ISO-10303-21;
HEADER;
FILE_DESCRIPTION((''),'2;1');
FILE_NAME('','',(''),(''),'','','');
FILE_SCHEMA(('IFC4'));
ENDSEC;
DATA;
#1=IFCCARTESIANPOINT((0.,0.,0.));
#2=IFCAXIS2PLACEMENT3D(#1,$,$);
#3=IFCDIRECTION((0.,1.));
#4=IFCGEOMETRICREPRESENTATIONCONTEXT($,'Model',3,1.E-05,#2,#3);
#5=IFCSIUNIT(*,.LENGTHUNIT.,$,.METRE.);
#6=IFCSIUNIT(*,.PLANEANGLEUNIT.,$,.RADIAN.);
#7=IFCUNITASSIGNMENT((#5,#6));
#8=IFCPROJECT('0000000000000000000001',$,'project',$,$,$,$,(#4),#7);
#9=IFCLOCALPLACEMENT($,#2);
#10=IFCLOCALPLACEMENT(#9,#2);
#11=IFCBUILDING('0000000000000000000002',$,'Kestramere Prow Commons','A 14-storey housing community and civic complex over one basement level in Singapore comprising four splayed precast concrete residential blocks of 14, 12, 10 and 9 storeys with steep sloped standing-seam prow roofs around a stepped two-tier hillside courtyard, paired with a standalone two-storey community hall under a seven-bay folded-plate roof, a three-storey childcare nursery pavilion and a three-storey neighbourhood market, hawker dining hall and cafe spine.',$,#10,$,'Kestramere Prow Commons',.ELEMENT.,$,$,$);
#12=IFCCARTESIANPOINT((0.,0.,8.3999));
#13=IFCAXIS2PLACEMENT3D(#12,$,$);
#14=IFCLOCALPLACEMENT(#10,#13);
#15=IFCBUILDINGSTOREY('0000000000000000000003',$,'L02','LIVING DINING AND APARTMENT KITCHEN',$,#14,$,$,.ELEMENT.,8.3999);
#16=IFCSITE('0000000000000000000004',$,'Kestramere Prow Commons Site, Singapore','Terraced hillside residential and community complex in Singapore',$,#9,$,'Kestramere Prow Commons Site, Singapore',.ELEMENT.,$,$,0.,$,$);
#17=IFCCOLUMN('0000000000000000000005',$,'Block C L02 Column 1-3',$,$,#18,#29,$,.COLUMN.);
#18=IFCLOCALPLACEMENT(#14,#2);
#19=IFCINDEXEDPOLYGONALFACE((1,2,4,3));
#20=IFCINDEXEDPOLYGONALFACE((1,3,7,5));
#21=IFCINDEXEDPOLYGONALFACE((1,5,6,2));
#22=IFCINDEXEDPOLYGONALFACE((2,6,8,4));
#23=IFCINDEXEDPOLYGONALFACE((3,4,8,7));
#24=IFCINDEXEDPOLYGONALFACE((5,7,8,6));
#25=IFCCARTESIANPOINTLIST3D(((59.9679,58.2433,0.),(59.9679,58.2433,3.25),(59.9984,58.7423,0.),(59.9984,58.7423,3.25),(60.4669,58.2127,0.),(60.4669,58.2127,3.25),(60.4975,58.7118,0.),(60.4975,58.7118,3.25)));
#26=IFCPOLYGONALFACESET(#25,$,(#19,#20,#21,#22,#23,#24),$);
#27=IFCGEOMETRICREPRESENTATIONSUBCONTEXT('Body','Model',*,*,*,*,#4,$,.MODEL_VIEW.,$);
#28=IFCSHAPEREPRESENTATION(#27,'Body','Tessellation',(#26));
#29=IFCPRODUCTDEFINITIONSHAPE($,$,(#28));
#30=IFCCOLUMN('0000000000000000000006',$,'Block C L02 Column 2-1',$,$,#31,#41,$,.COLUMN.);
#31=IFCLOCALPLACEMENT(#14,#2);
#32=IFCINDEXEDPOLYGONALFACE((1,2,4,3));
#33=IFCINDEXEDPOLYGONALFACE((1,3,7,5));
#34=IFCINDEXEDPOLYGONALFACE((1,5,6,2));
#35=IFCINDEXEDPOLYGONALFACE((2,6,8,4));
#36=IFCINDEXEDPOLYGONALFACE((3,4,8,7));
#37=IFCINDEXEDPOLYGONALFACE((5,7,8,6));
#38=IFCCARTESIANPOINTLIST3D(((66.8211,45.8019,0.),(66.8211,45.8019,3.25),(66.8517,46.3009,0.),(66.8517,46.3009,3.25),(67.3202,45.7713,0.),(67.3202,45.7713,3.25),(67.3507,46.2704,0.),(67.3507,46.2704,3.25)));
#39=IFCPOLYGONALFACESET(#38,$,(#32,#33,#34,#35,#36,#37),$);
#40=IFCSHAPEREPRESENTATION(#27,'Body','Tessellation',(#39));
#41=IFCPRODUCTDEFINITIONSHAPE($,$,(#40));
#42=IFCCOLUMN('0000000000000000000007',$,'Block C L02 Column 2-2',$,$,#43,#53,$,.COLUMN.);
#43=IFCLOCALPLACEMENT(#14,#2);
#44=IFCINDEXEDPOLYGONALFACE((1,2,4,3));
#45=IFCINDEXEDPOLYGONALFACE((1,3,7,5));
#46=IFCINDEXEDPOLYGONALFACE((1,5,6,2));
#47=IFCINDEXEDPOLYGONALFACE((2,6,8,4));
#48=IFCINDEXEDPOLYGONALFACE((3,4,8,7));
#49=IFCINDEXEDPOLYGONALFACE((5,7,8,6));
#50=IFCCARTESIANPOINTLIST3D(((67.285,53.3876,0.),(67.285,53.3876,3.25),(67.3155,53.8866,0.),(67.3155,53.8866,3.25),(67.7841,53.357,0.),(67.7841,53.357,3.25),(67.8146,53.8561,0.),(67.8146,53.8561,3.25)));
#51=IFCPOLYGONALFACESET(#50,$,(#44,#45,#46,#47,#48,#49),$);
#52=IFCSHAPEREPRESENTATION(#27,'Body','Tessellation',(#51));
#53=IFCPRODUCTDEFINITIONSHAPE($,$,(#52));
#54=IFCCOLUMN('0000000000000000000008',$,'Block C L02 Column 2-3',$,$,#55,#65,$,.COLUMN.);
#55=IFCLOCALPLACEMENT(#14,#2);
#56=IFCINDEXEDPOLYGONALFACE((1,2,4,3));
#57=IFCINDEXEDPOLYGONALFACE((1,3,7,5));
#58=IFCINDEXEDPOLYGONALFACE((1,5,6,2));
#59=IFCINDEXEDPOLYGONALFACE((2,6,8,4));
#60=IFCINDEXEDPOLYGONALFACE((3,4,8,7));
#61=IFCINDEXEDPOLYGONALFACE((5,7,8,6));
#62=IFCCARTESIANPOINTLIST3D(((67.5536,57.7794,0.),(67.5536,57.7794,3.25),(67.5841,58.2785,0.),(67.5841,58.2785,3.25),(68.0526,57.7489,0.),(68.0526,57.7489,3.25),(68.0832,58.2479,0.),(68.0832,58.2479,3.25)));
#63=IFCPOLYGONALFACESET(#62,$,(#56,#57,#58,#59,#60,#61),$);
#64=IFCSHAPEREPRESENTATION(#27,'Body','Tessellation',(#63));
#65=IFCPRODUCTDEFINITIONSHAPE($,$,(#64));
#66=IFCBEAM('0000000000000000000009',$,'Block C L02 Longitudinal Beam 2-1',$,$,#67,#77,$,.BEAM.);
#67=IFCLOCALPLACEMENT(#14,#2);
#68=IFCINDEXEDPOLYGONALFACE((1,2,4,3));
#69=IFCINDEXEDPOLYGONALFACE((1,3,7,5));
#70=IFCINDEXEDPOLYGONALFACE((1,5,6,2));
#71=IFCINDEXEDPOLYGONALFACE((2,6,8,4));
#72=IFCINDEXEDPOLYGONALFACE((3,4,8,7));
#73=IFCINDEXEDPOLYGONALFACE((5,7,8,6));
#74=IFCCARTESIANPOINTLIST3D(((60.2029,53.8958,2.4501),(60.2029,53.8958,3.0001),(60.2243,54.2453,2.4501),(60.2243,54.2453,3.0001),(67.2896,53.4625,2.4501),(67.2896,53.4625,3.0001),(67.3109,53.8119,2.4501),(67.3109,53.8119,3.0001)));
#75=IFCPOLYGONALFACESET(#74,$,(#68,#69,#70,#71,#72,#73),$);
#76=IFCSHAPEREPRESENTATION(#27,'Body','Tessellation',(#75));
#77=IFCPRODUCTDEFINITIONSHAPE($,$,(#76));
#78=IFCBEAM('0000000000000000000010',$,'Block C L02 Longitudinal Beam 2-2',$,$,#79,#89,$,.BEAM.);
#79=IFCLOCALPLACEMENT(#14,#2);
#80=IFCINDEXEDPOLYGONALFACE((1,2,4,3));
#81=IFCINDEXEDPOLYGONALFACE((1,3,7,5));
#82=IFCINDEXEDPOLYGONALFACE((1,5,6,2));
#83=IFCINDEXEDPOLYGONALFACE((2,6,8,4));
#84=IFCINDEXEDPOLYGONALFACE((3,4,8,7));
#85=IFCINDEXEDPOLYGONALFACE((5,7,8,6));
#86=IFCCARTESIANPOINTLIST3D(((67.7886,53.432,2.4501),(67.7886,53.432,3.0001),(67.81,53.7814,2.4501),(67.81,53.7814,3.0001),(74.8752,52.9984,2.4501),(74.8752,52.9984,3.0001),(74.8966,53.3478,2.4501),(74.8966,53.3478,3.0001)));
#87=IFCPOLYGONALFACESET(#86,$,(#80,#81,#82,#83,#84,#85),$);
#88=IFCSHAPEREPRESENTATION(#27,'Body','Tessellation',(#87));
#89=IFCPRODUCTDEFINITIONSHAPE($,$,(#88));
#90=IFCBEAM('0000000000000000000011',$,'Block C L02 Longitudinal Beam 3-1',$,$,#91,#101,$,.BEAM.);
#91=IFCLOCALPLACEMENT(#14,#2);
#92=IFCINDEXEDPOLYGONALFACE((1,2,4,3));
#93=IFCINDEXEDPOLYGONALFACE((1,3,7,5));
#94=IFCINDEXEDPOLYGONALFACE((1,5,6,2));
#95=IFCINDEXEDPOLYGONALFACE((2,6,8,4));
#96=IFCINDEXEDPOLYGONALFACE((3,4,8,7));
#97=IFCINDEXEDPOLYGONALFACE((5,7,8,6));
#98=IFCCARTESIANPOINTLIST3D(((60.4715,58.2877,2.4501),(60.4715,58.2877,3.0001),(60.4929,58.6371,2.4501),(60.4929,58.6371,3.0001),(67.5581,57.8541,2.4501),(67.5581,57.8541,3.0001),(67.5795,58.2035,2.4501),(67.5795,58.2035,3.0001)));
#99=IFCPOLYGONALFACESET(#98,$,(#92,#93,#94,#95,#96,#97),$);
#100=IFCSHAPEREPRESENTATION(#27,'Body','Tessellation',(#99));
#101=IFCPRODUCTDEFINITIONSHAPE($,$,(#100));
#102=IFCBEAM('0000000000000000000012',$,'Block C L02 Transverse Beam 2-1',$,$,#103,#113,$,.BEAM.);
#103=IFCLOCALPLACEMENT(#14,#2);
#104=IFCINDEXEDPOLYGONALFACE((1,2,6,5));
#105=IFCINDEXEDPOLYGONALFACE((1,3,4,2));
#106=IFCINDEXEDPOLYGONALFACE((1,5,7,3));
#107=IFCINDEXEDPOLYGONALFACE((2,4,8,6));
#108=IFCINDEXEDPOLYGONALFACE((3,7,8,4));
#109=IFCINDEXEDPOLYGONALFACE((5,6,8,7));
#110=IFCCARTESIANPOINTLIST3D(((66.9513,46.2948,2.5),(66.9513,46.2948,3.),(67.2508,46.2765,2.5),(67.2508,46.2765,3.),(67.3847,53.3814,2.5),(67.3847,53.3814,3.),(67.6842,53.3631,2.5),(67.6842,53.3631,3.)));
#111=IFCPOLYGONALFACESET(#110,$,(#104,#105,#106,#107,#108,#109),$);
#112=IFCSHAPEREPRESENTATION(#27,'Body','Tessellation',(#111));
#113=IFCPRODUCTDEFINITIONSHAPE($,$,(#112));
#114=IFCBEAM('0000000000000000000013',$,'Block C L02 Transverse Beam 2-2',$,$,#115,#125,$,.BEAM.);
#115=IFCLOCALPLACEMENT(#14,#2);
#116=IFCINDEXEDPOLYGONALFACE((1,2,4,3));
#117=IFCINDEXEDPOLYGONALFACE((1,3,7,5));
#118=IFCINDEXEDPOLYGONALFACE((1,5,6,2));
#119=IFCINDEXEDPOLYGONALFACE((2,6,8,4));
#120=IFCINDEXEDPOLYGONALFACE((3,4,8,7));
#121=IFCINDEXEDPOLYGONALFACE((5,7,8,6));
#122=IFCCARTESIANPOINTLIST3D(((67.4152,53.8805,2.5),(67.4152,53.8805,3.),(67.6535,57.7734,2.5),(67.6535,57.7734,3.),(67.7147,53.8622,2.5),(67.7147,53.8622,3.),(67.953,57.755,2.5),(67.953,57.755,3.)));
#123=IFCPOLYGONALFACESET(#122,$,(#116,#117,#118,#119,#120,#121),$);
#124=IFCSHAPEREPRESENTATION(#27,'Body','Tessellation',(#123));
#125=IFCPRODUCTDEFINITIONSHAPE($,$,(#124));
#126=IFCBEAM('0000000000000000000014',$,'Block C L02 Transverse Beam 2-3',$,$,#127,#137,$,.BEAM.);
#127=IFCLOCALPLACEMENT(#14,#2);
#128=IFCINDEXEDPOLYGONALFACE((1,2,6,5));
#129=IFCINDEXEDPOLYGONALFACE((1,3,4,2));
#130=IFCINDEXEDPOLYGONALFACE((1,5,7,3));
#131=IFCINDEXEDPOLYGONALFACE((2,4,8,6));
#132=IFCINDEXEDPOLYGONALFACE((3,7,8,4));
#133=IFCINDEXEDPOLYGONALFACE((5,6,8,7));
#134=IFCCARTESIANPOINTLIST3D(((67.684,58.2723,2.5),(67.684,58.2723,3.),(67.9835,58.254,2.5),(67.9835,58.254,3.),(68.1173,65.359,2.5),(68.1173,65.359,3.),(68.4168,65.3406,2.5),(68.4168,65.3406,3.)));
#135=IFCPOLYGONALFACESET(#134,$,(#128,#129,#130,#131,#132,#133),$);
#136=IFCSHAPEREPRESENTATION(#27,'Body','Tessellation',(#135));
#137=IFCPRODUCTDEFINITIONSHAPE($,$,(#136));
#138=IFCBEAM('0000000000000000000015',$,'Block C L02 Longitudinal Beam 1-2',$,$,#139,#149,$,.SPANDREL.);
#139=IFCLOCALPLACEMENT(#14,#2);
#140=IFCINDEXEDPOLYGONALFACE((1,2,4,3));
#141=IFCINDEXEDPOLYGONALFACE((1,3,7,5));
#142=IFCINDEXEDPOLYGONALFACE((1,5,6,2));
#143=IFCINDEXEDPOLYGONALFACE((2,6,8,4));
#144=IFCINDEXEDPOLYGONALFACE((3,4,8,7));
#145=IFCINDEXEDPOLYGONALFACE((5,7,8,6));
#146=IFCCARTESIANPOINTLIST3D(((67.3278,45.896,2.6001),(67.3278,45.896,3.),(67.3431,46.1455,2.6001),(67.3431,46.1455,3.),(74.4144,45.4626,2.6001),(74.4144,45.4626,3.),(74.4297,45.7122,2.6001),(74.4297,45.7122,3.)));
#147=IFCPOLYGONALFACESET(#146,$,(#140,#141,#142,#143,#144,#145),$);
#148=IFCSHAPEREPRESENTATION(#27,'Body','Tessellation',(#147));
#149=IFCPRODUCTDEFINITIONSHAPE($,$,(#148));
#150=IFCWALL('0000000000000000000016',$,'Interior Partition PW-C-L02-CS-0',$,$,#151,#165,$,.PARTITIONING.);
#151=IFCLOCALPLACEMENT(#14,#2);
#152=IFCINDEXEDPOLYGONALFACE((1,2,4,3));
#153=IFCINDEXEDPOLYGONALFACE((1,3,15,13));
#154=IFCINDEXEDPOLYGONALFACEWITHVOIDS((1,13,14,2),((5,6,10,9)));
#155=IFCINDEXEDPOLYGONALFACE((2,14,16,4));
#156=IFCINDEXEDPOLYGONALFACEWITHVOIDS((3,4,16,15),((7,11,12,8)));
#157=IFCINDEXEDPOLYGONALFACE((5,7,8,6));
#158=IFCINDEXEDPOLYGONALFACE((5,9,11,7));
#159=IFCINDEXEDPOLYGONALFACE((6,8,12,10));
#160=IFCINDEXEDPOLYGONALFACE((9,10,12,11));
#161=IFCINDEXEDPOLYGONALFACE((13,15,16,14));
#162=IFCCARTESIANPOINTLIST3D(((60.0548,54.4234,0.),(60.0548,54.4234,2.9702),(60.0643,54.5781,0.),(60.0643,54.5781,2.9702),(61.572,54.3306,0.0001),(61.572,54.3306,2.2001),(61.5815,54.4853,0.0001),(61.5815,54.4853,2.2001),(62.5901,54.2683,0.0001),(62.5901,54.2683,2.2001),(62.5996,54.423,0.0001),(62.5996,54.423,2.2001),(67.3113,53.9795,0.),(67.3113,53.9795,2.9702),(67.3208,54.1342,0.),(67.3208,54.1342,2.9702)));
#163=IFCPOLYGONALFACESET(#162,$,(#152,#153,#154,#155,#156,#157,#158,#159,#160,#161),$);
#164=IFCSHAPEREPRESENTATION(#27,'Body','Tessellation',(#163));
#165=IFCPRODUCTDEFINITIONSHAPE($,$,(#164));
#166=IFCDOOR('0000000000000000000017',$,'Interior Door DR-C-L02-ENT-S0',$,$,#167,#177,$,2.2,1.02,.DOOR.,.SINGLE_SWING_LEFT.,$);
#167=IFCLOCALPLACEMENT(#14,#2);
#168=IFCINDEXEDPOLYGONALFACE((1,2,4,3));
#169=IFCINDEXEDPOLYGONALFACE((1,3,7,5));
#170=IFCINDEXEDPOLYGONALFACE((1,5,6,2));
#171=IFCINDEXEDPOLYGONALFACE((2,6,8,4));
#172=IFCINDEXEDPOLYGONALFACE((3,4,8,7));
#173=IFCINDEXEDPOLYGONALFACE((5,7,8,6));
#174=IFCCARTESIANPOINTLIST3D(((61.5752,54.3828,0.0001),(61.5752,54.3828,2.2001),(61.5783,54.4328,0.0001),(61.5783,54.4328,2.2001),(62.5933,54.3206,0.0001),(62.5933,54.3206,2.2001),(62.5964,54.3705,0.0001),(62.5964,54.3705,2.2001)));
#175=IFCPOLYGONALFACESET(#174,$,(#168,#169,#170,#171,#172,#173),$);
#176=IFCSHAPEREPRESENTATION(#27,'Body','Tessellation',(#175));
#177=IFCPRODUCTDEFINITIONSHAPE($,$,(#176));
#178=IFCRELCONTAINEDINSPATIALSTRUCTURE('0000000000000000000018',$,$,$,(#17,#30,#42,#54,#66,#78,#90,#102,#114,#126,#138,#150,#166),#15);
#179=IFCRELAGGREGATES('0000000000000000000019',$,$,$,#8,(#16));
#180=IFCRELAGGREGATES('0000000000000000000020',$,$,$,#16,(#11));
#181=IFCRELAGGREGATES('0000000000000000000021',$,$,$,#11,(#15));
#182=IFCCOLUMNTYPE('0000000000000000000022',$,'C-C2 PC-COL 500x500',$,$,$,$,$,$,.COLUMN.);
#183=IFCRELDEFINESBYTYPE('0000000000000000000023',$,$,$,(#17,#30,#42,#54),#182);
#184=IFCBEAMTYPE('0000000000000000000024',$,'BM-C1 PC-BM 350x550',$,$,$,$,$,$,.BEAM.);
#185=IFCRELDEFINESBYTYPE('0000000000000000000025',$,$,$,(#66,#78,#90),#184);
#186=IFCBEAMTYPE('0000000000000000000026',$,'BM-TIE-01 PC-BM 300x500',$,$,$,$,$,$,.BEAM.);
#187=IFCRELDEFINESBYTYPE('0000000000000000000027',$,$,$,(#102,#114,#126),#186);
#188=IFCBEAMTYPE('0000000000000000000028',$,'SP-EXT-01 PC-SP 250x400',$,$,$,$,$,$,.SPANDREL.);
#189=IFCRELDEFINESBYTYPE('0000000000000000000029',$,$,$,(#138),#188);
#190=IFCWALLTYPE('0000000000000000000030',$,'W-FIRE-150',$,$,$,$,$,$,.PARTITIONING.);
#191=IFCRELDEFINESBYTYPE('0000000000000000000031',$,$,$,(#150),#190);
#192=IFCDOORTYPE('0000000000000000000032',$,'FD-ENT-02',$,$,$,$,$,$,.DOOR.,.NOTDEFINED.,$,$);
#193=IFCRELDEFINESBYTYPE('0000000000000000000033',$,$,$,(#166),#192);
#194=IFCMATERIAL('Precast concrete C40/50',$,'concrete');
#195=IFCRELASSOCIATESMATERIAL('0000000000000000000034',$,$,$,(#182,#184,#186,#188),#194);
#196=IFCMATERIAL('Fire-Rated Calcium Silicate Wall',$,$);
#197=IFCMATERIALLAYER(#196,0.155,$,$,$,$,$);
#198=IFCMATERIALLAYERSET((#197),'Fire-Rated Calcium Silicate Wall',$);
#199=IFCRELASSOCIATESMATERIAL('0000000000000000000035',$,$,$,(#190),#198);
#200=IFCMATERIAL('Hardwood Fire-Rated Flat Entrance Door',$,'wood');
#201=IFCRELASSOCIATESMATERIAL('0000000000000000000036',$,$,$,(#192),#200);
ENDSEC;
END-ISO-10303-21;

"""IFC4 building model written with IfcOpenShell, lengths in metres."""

from ifc_helpers import new_model, si_unit, direction, frame, frame_2d, origin, origin_2d, place, context, subcontext, project, spatial, rectangle, extrude, material, layer, layer_set, material_profile, profile_set, type_object, element, fill, save


model = new_model("IFC4")

# Units and contexts
model_context = context("Model", 3, precision=1e-05, world=origin(), true_north=direction((0.0, 1.0)))
body_context = subcontext(model_context, "Body", "Model", "MODEL_VIEW")
ifc_project = project(units=[si_unit("LENGTHUNIT", "METRE"), si_unit("PLANEANGLEUNIT", "RADIAN")], contexts=[model_context])

# Site, building, storey
site_placement = place(None, origin())
site = spatial("IfcSite", under=ifc_project, at=site_placement, Name="Kestramere Prow Commons Site, Singapore", Description="Terraced hillside residential and community complex in Singapore", LongName="Kestramere Prow Commons Site, Singapore", CompositionType="ELEMENT", RefElevation=0.0)
building_placement = place(site_placement, origin())
building = spatial("IfcBuilding", under=site, at=building_placement, Name="Kestramere Prow Commons", Description="A 14-storey housing community and civic complex over one basement level in Singapore comprising four splayed precast concrete residential blocks of 14, 12, 10 and 9 storeys with steep sloped standing-seam prow roofs around a stepped two-tier hillside courtyard, paired with a standalone two-storey community hall under a seven-bay folded-plate roof, a three-storey childcare nursery pavilion and a three-storey neighbourhood market, hawker dining hall and cafe spine.", LongName="Kestramere Prow Commons", CompositionType="ELEMENT")
storey_placement = place(building_placement, frame((0.0, 0.0, 8.3999)))
storey = spatial("IfcBuildingStorey", under=building, at=storey_placement, Name="L02", Description="LIVING DINING AND APARTMENT KITCHEN", CompositionType="ELEMENT", Elevation=8.3999)

# Columns
ifc_material_1 = material(Name="Precast concrete C40/50", Category="concrete")
ifc_material_profile_1 = material_profile(ifc_material_1, rectangle(XDim=0.5, YDim=0.5, at=origin_2d()), Name="PC-COL 500x500")
ifc_profile_set_1 = profile_set([ifc_material_profile_1], Name="Precast concrete C40/50")
column_type = type_object("IfcColumnType", Name="C-C2 PC-COL 500x500", PredefinedType="COLUMN", material=ifc_profile_set_1)
for number, where, z_axis, x_axis, name in (
    (1, (60.2327, 58.4775, 0.0), (0.0, 0.0, 1.0), (0.998135, -0.061049, 0.0), "Block C L02 Column 1-3"),
    (2, (67.0859, 46.0361, 0.0), (0.0, 0.0, 1.0), (0.998135, -0.061049, 0.0), "Block C L02 Column 2-1"),
    (3, (67.5498, 53.6218, 0.0), (0.0, 0.0, 1.0), (0.998135, -0.061049, 0.0), "Block C L02 Column 2-2"),
    (4, (67.8184, 58.0137, 0.0), (0.0, 0.0, 1.0), (0.998135, -0.061049, 0.0), "Block C L02 Column 2-3"),
):
    element("IfcColumn", number, at=place(storey_placement, frame(where, z_axis=z_axis, x_axis=x_axis)), inside=storey, type_object=column_type, Name=name, PredefinedType="COLUMN", context=body_context, shape_type="SweptSolid", body=[
        extrude(rectangle(XDim=0.5, YDim=0.5, at=origin_2d()), origin(), (0.0, 0.0, 1.0), 3.25),
    ])

# Beams
ifc_material_profile_2 = material_profile(ifc_material_1, rectangle(XDim=0.3501, YDim=0.55, at=origin_2d()), Name="PC-BM 350x550")
ifc_profile_set_2 = profile_set([ifc_material_profile_2], Name="Precast concrete C40/50")
beam_type_1 = type_object("IfcBeamType", Name="BM-C1 PC-BM 350x550", PredefinedType="BEAM", material=ifc_profile_set_2)
for number, where, z_axis, x_axis, name in (
    (5, (60.2136, 54.0706, 2.7251), (0.998136, -0.061036, 0.0), (0.061036, 0.998136, 0.0), "Block C L02 Longitudinal Beam 2-1"),
    (6, (67.7993, 53.6067, 2.7251), (0.998133, -0.06107, 0.0), (0.06107, 0.998133, 0.0), "Block C L02 Longitudinal Beam 2-2"),
    (7, (60.4822, 58.4624, 2.7251), (0.998133, -0.06107, 0.0), (0.06107, 0.998133, 0.0), "Block C L02 Longitudinal Beam 3-1"),
):
    element("IfcBeam", number, at=place(storey_placement, frame(where, z_axis=z_axis, x_axis=x_axis)), inside=storey, type_object=beam_type_1, Name=name, PredefinedType="BEAM", context=body_context, shape_type="SweptSolid", body=[
        extrude(rectangle(XDim=0.3501, YDim=0.55, at=origin_2d()), origin(), (0.0, 0.0, 1.0), 7.0999),
    ])
ifc_material_profile_3 = material_profile(ifc_material_1, rectangle(XDim=0.3, YDim=0.5, at=origin_2d()), Name="PC-BM 300x500")
ifc_profile_set_3 = profile_set([ifc_material_profile_3], Name="Precast concrete C40/50")
beam_type_2 = type_object("IfcBeamType", Name="BM-TIE-01 PC-BM 300x500", PredefinedType="BEAM", material=ifc_profile_set_3)
beam_1_placement = place(storey_placement, frame((67.1011, 46.2856, 2.75), z_axis=(0.061036, 0.998136, 0.0), x_axis=(-0.998136, 0.061036, 0.0)))
element("IfcBeam", 8, at=beam_1_placement, inside=storey, type_object=beam_type_2, Name="Block C L02 Transverse Beam 2-1", PredefinedType="BEAM", context=body_context, shape_type="SweptSolid", body=[
    extrude(rectangle(XDim=0.3, YDim=0.5, at=origin_2d()), origin(), (0.0, 0.0, 1.0), 7.0999),
])
beam_2_placement = place(storey_placement, frame((67.5649, 53.8713, 2.75), z_axis=(0.061096, 0.998132, 0.0), x_axis=(-0.998132, 0.061096, 0.0)))
element("IfcBeam", 9, at=beam_2_placement, inside=storey, type_object=beam_type_2, Name="Block C L02 Transverse Beam 2-2", PredefinedType="BEAM", context=body_context, shape_type="SweptSolid", body=[
    extrude(rectangle(XDim=0.3, YDim=0.5, at=origin_2d()), origin(), (0.0, 0.0, 1.0), 3.9001),
])
beam_3_placement = place(storey_placement, frame((67.8337, 58.2632, 2.75), z_axis=(0.061036, 0.998136, 0.0), x_axis=(-0.998136, 0.061036, 0.0)))
element("IfcBeam", 10, at=beam_3_placement, inside=storey, type_object=beam_type_2, Name="Block C L02 Transverse Beam 2-3", PredefinedType="BEAM", context=body_context, shape_type="SweptSolid", body=[
    extrude(rectangle(XDim=0.3, YDim=0.5, at=origin_2d()), origin(), (0.0, 0.0, 1.0), 7.0999),
])
ifc_material_profile_4 = material_profile(ifc_material_1, rectangle(XDim=0.25, YDim=0.3999, at=origin_2d()), Name="PC-SP 250x400")
ifc_profile_set_4 = profile_set([ifc_material_profile_4], Name="Precast concrete C40/50")
beam_type_3 = type_object("IfcBeamType", Name="SP-EXT-01 PC-SP 250x400", PredefinedType="SPANDREL", material=ifc_profile_set_4)
beam_4_placement = place(storey_placement, frame((67.3354, 46.0208, 2.8), z_axis=(0.998136, -0.061036, 0.0), x_axis=(0.061036, 0.998136, 0.0)))
element("IfcBeam", 11, at=beam_4_placement, inside=storey, type_object=beam_type_3, Name="Block C L02 Longitudinal Beam 1-2", PredefinedType="SPANDREL", context=body_context, shape_type="SweptSolid", body=[
    extrude(rectangle(XDim=0.25, YDim=0.3999, at=origin_2d()), origin(), (0.0, 0.0, 1.0), 7.0999),
])

# Wall, opening, door
ifc_material_2 = material(Name="Fire-Rated Calcium Silicate Wall")
ifc_layer_1 = layer(ifc_material_2, 0.155)
ifc_layer_set_1 = layer_set([ifc_layer_1], Name="Fire-Rated Calcium Silicate Wall")
wall_type_1 = type_object("IfcWallType", Name="W-FIRE-150", PredefinedType="PARTITIONING", material=ifc_layer_set_1)
wall_1_placement = place(storey_placement, frame((60.0596, 54.5007, 0.0), z_axis=(0.0, 0.0, 1.0), x_axis=(0.998135, -0.061053, 0.0)))
wall_1 = element("IfcWall", 12, at=wall_1_placement, inside=storey, type_object=wall_type_1, Name="Interior Partition PW-C-L02-CS-0", PredefinedType="PARTITIONING", context=body_context, shape_type="SweptSolid", body=[
    extrude(rectangle(XDim=7.27, YDim=0.155, at=frame_2d((3.635, 0.0))), origin(), (0.0, 0.0, 1.0), 2.9702),
])
opening_1_placement = place(wall_1_placement, frame((1.52, 0.0, 0.0)))
opening_1 = element("IfcOpeningElement", 13, at=opening_1_placement, cuts=wall_1, PredefinedType="OPENING", context=body_context, shape_type="SweptSolid", body=[
    extrude(rectangle(XDim=1.02, YDim=2.2, at=frame_2d((0.51, 1.1001))), frame((0.0, 0.0925, 0.0), z_axis=(0.0, -1.0, 0.0), x_axis=(1.0, 0.0, 0.0)), (0.0, 0.0, 1.0), 0.1851),
])
ifc_material_3 = material(Name="Hardwood Fire-Rated Flat Entrance Door", Category="wood")
door_type_1 = type_object("IfcDoorType", Name="FD-ENT-02", OperationType="NOTDEFINED", PredefinedType="DOOR", material=ifc_material_3)
door_1_placement = place(opening_1_placement, origin())
door_1 = element("IfcDoor", 14, at=door_1_placement, inside=storey, type_object=door_type_1, Name="Interior Door DR-C-L02-ENT-S0", OperationType="SINGLE_SWING_LEFT", OverallHeight=2.2, OverallWidth=1.02, PredefinedType="DOOR", context=body_context, shape_type="SweptSolid", body=[
    extrude(rectangle(XDim=1.02, YDim=2.2, at=frame_2d((0.51, 1.1001))), frame((0.0, 0.0249, 0.0), z_axis=(0.0, -1.0, 0.0), x_axis=(1.0, 0.0, 0.0)), (0.0, 0.0, 1.0), 0.05),
])
fill(opening_1, door_1)

save(model, "model.ifc")
